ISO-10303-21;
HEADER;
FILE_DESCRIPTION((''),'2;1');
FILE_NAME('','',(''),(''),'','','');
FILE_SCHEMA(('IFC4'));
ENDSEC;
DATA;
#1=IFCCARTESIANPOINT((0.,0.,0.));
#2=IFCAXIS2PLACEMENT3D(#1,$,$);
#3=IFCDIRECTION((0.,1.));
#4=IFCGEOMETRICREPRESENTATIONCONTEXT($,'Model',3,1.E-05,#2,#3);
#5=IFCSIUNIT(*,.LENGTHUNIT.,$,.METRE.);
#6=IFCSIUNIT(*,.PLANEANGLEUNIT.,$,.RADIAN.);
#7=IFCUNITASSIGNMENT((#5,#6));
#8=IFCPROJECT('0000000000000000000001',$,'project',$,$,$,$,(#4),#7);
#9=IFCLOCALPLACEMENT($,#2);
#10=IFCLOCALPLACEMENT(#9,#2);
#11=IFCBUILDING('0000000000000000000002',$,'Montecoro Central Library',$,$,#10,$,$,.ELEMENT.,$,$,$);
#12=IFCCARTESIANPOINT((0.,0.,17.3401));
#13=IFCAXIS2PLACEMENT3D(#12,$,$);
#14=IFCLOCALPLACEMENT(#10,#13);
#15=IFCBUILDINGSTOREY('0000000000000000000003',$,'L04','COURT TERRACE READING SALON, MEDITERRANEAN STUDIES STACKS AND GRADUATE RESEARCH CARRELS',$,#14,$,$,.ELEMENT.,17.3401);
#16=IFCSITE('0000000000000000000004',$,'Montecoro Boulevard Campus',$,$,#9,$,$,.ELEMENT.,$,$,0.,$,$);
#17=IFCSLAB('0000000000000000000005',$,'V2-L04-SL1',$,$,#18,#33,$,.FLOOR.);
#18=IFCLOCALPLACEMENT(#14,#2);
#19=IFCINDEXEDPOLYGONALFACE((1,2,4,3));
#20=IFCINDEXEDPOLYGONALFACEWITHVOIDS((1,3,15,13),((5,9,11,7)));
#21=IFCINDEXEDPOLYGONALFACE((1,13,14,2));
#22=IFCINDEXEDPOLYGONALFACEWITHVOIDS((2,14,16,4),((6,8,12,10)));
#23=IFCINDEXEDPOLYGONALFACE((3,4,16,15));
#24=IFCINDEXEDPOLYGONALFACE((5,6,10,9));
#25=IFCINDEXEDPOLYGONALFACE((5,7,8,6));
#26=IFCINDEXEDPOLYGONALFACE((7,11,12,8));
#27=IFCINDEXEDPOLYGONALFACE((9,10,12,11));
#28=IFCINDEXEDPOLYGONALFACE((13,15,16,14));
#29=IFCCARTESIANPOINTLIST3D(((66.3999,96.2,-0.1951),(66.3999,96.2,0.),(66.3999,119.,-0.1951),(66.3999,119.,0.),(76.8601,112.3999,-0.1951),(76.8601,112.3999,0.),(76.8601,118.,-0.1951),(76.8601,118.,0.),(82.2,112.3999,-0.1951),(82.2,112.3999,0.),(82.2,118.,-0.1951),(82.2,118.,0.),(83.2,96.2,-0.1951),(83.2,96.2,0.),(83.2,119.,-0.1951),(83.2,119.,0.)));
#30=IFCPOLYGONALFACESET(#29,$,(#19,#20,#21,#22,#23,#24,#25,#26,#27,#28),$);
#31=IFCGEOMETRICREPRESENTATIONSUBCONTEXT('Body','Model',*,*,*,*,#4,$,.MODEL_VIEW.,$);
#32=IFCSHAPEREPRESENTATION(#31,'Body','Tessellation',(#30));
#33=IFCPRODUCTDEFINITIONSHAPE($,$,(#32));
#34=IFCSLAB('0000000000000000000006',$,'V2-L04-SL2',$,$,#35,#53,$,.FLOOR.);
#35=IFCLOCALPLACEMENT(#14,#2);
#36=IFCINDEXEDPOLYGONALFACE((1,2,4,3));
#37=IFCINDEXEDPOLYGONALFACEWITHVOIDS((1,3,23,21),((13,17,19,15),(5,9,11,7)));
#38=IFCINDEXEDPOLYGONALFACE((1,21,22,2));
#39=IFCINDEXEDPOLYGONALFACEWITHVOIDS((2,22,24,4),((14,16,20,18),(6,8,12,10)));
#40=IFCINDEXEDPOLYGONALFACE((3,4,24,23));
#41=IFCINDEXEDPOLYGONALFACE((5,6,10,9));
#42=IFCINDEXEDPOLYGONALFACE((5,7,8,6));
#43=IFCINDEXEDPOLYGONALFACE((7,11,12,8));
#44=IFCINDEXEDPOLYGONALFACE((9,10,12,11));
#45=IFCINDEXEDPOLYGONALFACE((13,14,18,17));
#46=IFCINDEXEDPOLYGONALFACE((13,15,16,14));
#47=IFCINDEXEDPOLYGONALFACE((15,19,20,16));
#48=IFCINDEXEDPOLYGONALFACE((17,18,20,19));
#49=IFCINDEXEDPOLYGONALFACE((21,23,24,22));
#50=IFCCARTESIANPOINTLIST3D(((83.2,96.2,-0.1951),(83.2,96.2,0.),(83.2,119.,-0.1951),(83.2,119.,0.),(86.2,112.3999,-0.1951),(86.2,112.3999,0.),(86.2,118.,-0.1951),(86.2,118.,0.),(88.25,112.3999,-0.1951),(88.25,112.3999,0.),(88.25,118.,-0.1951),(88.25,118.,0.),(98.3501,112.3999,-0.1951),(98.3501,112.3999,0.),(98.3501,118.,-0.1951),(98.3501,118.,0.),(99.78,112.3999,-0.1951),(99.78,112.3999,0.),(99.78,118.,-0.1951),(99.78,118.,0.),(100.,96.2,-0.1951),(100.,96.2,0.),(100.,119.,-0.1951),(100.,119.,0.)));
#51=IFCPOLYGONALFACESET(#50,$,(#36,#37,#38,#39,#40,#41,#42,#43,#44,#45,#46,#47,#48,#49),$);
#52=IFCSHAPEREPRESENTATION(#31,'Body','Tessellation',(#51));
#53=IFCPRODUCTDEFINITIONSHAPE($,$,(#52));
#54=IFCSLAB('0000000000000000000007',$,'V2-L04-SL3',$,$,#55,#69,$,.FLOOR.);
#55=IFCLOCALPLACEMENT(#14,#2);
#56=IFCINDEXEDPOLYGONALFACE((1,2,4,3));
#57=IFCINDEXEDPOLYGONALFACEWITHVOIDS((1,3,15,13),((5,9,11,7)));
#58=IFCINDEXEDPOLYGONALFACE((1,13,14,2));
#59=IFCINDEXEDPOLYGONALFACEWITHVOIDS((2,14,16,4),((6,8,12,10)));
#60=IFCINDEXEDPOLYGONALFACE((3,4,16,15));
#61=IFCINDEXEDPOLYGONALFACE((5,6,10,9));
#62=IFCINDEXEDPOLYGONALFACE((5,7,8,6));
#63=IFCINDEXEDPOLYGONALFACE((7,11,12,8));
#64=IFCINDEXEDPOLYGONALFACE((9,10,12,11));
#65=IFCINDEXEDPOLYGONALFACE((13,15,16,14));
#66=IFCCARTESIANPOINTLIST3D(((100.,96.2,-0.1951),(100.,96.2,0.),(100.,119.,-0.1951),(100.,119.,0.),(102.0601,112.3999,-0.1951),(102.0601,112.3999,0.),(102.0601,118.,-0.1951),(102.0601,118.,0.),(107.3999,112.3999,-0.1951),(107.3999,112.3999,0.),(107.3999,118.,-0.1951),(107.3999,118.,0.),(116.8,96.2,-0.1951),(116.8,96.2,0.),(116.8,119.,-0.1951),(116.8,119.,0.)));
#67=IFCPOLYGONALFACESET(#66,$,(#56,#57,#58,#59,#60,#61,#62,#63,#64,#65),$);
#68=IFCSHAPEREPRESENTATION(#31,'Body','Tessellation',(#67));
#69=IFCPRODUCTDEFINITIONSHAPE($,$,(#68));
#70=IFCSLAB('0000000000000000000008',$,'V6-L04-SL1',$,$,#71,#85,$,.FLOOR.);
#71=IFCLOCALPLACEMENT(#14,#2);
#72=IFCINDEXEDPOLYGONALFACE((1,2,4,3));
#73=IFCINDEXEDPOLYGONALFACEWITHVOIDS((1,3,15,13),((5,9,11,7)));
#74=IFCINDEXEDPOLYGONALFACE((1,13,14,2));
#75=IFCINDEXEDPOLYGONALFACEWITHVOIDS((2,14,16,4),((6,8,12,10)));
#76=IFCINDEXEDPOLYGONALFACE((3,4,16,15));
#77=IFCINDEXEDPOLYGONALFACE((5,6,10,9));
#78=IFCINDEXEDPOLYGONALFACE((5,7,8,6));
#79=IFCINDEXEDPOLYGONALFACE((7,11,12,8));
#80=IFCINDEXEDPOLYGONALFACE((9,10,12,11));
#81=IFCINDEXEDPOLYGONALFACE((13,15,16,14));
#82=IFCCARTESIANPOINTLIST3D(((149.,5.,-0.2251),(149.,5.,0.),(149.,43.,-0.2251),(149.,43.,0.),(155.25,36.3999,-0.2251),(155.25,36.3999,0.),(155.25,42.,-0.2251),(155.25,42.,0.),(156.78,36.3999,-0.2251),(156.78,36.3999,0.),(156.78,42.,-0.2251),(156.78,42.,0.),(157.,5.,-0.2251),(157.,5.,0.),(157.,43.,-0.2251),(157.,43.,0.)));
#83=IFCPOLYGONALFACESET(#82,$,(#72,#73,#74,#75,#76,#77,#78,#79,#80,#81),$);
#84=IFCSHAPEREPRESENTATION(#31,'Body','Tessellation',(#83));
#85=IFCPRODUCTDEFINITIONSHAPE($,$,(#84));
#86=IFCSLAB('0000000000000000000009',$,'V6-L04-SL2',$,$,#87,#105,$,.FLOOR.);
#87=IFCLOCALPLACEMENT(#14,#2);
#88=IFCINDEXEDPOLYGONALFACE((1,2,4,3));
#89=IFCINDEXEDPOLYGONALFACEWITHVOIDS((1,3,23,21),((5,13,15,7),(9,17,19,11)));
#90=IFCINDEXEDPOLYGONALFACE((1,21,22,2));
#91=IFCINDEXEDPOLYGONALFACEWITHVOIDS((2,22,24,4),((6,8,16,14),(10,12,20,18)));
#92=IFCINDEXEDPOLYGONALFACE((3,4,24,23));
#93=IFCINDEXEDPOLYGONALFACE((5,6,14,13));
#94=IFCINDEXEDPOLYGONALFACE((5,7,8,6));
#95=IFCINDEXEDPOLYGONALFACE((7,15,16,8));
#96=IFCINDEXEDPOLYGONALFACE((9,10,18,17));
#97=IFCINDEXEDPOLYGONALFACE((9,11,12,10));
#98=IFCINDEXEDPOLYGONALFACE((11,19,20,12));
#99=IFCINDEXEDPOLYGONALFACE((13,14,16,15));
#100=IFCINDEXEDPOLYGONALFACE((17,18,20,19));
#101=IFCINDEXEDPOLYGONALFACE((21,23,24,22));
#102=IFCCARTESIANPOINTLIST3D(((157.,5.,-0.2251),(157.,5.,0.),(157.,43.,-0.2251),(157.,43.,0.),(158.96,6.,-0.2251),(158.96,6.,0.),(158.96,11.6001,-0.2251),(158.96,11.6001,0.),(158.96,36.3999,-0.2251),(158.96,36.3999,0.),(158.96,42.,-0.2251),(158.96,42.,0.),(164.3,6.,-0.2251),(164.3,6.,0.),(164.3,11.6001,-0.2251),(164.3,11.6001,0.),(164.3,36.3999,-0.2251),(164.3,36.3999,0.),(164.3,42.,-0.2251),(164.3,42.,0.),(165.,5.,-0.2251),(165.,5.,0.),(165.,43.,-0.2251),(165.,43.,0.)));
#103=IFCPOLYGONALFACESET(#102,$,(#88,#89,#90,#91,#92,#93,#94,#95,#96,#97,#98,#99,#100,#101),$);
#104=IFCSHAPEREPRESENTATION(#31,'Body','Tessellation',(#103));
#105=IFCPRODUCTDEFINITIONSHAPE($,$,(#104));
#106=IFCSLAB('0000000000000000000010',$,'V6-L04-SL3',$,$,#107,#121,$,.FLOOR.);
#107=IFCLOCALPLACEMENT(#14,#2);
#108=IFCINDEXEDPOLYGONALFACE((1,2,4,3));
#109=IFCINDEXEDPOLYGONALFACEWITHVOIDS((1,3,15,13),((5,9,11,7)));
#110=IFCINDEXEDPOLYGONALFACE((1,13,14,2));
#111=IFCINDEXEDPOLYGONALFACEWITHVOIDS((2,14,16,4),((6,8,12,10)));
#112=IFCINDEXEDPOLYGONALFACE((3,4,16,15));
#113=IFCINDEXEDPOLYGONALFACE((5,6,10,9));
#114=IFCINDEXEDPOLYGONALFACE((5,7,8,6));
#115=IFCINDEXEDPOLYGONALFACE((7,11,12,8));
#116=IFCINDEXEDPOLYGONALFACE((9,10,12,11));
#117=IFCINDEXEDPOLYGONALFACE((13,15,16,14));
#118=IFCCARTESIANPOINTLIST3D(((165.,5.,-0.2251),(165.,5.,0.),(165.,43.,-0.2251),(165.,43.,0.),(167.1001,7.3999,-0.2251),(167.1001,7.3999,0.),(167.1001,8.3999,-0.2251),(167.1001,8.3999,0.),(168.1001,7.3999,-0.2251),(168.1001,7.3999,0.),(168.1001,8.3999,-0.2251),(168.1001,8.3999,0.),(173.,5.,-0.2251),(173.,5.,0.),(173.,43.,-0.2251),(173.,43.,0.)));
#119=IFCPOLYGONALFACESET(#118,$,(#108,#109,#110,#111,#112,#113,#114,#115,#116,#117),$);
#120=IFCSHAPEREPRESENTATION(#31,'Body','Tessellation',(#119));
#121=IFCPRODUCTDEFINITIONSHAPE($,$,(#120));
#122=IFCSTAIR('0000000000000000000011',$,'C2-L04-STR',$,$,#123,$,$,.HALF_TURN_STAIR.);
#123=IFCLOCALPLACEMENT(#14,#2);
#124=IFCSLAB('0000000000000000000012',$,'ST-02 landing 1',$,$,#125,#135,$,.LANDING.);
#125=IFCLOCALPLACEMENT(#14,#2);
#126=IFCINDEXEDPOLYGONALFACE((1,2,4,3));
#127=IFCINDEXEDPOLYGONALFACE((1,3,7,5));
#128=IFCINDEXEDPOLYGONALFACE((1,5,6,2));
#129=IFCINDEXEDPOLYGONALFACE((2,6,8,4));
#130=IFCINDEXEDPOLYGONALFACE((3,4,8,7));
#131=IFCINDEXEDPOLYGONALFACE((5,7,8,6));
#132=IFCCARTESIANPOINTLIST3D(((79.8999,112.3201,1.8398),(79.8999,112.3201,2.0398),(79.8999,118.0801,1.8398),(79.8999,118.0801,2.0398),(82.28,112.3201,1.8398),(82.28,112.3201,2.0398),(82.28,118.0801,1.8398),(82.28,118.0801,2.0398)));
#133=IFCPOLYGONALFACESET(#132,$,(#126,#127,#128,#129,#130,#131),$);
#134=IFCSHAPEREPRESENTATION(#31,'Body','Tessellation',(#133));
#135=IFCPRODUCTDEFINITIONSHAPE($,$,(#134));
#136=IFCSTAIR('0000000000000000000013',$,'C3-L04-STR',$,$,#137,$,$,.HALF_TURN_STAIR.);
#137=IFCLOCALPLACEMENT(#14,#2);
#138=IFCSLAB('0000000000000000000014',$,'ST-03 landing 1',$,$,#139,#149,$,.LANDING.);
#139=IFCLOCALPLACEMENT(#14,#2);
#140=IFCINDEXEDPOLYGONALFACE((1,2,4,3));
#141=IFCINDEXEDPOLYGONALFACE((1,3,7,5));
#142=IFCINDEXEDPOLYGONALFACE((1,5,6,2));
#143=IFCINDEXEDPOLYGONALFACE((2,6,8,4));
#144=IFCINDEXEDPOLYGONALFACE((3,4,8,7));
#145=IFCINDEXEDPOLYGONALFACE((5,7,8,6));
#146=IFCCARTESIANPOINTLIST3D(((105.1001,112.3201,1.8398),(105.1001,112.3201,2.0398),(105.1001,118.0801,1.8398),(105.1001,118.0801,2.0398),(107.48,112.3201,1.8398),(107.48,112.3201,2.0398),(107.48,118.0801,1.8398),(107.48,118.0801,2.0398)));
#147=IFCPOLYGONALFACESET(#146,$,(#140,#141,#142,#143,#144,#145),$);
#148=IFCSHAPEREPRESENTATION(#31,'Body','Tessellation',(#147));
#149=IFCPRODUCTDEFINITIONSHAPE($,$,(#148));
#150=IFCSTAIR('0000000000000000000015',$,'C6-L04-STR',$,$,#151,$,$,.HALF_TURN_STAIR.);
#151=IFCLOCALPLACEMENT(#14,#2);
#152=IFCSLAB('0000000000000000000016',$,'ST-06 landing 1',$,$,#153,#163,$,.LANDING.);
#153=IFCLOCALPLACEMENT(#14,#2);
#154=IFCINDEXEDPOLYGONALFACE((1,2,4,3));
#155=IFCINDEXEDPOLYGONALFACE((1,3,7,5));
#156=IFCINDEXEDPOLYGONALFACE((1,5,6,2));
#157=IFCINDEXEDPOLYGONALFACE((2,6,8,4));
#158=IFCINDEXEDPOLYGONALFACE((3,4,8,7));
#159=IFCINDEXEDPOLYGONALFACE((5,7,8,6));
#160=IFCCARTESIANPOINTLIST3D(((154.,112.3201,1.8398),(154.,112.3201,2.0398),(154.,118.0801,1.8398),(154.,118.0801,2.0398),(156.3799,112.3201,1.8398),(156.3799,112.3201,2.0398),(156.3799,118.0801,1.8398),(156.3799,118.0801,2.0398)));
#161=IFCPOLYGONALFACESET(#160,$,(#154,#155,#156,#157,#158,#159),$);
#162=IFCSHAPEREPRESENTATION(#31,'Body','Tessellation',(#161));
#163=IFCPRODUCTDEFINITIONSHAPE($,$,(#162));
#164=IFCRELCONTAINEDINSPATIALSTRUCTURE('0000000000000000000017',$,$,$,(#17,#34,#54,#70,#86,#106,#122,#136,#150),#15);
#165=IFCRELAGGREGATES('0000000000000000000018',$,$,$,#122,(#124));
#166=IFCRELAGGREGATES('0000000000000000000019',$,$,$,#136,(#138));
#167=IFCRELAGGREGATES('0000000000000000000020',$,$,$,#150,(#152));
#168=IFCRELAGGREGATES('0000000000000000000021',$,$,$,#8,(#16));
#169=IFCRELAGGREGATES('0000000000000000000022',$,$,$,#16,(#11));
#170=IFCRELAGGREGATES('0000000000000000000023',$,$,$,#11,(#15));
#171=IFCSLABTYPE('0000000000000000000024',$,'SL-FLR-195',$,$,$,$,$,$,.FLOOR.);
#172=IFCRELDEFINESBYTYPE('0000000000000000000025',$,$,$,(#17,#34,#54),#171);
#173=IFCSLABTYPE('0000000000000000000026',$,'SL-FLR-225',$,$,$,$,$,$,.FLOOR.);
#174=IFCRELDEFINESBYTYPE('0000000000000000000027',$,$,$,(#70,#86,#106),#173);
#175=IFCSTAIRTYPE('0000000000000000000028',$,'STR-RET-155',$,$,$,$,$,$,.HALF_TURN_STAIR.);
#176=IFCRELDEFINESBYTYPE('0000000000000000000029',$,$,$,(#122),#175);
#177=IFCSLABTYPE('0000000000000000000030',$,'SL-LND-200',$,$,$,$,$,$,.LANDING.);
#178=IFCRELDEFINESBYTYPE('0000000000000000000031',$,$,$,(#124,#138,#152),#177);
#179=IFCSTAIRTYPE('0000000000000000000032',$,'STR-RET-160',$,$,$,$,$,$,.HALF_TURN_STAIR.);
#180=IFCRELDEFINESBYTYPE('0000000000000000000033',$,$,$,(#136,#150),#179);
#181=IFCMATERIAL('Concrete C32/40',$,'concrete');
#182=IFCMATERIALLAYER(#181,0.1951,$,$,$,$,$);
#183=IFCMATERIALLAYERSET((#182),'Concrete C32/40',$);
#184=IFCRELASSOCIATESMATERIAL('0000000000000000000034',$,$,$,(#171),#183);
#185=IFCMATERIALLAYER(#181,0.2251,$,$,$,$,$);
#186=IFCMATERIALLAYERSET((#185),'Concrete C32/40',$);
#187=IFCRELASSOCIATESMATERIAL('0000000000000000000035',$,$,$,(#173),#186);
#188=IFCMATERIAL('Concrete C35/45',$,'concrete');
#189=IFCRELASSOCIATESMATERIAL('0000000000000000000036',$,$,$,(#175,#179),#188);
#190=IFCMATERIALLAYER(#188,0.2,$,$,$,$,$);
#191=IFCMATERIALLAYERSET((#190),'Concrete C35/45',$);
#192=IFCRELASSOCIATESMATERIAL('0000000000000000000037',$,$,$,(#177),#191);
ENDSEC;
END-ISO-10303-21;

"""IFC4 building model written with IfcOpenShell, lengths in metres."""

from ifc_helpers import new_model, si_unit, direction, frame, origin, place, context, subcontext, project, spatial, polyline, outline, extrude, material, layer, layer_set, type_object, element, aggregate, save


model = new_model("IFC4")

# Units and contexts
model_context = context("Model", 3, precision=1e-05, world=origin(), true_north=direction((0.0, 1.0)))
body_context = subcontext(model_context, "Body", "Model", "MODEL_VIEW")
ifc_project = project(units=[si_unit("LENGTHUNIT", "METRE"), si_unit("PLANEANGLEUNIT", "RADIAN")], contexts=[model_context])

# Site, building, storey
site_placement = place(None, origin())
site = spatial("IfcSite", under=ifc_project, at=site_placement, Name="Montecoro Boulevard Campus", CompositionType="ELEMENT", RefElevation=0.0)
building_placement = place(site_placement, origin())
building = spatial("IfcBuilding", under=site, at=building_placement, Name="Montecoro Central Library", CompositionType="ELEMENT")
storey_placement = place(building_placement, frame((0.0, 0.0, 17.3401)))
storey = spatial("IfcBuildingStorey", under=building, at=storey_placement, Name="L04", Description="COURT TERRACE READING SALON, MEDITERRANEAN STUDIES STACKS AND GRADUATE RESEARCH CARRELS", CompositionType="ELEMENT", Elevation=17.3401)

# Slabs
ifc_material_1 = material(Name="Concrete C32/40", Category="concrete")
ifc_layer_1 = layer(ifc_material_1, 0.1951)
ifc_layer_set_1 = layer_set([ifc_layer_1], Name="Concrete C32/40")
slab_type_1 = type_object("IfcSlabType", Name="SL-FLR-195", PredefinedType="FLOOR", material=ifc_layer_set_1)
slab_1_placement = place(storey_placement, frame((0.0, 0.0, -0.1951)))
element("IfcSlab", 1, at=slab_1_placement, inside=storey, type_object=slab_type_1, Name="V2-L04-SL1", PredefinedType="FLOOR", context=body_context, shape_type="SweptSolid", body=[
    extrude(outline(polyline([(66.3999, 96.2), (83.2, 96.2), (83.2, 119.0), (66.3999, 119.0), (66.3999, 96.2)]), holes=[polyline([(76.8601, 118.0), (82.2, 118.0), (82.2, 112.3999), (76.8601, 112.3999), (76.8601, 118.0)])]), origin(), (0.0, 0.0, 1.0), 0.1951),
])
slab_2_placement = place(storey_placement, frame((0.0, 0.0, -0.1951)))
element("IfcSlab", 2, at=slab_2_placement, inside=storey, type_object=slab_type_1, Name="V2-L04-SL2", PredefinedType="FLOOR", context=body_context, shape_type="SweptSolid", body=[
    extrude(outline(polyline([(83.2, 96.2), (100.0, 96.2), (100.0, 119.0), (83.2, 119.0), (83.2, 96.2)]), holes=[polyline([(86.2, 118.0), (88.25, 118.0), (88.25, 112.3999), (86.2, 112.3999), (86.2, 118.0)]), polyline([(98.3501, 118.0), (99.78, 118.0), (99.78, 112.3999), (98.3501, 112.3999), (98.3501, 118.0)])]), origin(), (0.0, 0.0, 1.0), 0.1951),
])
slab_3_placement = place(storey_placement, frame((0.0, 0.0, -0.1951)))
element("IfcSlab", 3, at=slab_3_placement, inside=storey, type_object=slab_type_1, Name="V2-L04-SL3", PredefinedType="FLOOR", context=body_context, shape_type="SweptSolid", body=[
    extrude(outline(polyline([(100.0, 96.2), (116.8, 96.2), (116.8, 119.0), (100.0, 119.0), (100.0, 96.2)]), holes=[polyline([(102.0601, 118.0), (107.3999, 118.0), (107.3999, 112.3999), (102.0601, 112.3999), (102.0601, 118.0)])]), origin(), (0.0, 0.0, 1.0), 0.1951),
])
ifc_layer_2 = layer(ifc_material_1, 0.2251)
ifc_layer_set_2 = layer_set([ifc_layer_2], Name="Concrete C32/40")
slab_type_2 = type_object("IfcSlabType", Name="SL-FLR-225", PredefinedType="FLOOR", material=ifc_layer_set_2)
slab_4_placement = place(storey_placement, frame((0.0, 0.0, -0.2251)))
element("IfcSlab", 4, at=slab_4_placement, inside=storey, type_object=slab_type_2, Name="V6-L04-SL1", PredefinedType="FLOOR", context=body_context, shape_type="SweptSolid", body=[
    extrude(outline(polyline([(149.0, 5.0), (157.0, 5.0), (157.0, 43.0), (149.0, 43.0), (149.0, 5.0)]), holes=[polyline([(155.25, 42.0), (156.78, 42.0), (156.78, 36.3999), (155.25, 36.3999), (155.25, 42.0)])]), origin(), (0.0, 0.0, 1.0), 0.2251),
])
slab_5_placement = place(storey_placement, frame((0.0, 0.0, -0.2251)))
element("IfcSlab", 5, at=slab_5_placement, inside=storey, type_object=slab_type_2, Name="V6-L04-SL2", PredefinedType="FLOOR", context=body_context, shape_type="SweptSolid", body=[
    extrude(outline(polyline([(157.0, 5.0), (165.0, 5.0), (165.0, 43.0), (157.0, 43.0), (157.0, 5.0)]), holes=[polyline([(158.96, 42.0), (164.3, 42.0), (164.3, 36.3999), (158.96, 36.3999), (158.96, 42.0)]), polyline([(158.96, 11.6001), (164.3, 11.6001), (164.3, 6.0), (158.96, 6.0), (158.96, 11.6001)])]), origin(), (0.0, 0.0, 1.0), 0.2251),
])
slab_6_placement = place(storey_placement, frame((0.0, 0.0, -0.2251)))
element("IfcSlab", 6, at=slab_6_placement, inside=storey, type_object=slab_type_2, Name="V6-L04-SL3", PredefinedType="FLOOR", context=body_context, shape_type="SweptSolid", body=[
    extrude(outline(polyline([(165.0, 5.0), (173.0, 5.0), (173.0, 43.0), (165.0, 43.0), (165.0, 5.0)]), holes=[polyline([(167.1001, 8.3999), (168.1001, 8.3999), (168.1001, 7.3999), (167.1001, 7.3999), (167.1001, 8.3999)])]), origin(), (0.0, 0.0, 1.0), 0.2251),
])

# Stairs, slabs
ifc_material_2 = material(Name="Concrete C35/45", Category="concrete")
stair_type_1 = type_object("IfcStairType", Name="STR-RET-155", PredefinedType="HALF_TURN_STAIR", material=ifc_material_2)
stair_1_placement = place(storey_placement, origin())
stair_1 = element("IfcStair", 7, at=stair_1_placement, inside=storey, type_object=stair_type_1, Name="C2-L04-STR", PredefinedType="HALF_TURN_STAIR")
ifc_layer_3 = layer(ifc_material_2, 0.2)
ifc_layer_set_3 = layer_set([ifc_layer_3], Name="Concrete C35/45")
slab_type_3 = type_object("IfcSlabType", Name="SL-LND-200", PredefinedType="LANDING", material=ifc_layer_set_3)
slab_7_placement = place(storey_placement, frame((0.0, 0.0, 1.8398)))
slab_7 = element("IfcSlab", 8, at=slab_7_placement, type_object=slab_type_3, Name="ST-02 landing 1", PredefinedType="LANDING", context=body_context, shape_type="SweptSolid", body=[
    extrude(outline(polyline([(79.8999, 112.3201), (82.28, 112.3201), (82.28, 118.0801), (79.8999, 118.0801), (79.8999, 112.3201)])), origin(), (0.0, 0.0, 1.0), 0.2),
])
aggregate(stair_1, [slab_7])
stair_type_2 = type_object("IfcStairType", Name="STR-RET-160", PredefinedType="HALF_TURN_STAIR", material=ifc_material_2)
stair_2_placement = place(storey_placement, origin())
stair_2 = element("IfcStair", 9, at=stair_2_placement, inside=storey, type_object=stair_type_2, Name="C3-L04-STR", PredefinedType="HALF_TURN_STAIR")
slab_8_placement = place(storey_placement, frame((0.0, 0.0, 1.8398)))
slab_8 = element("IfcSlab", 10, at=slab_8_placement, type_object=slab_type_3, Name="ST-03 landing 1", PredefinedType="LANDING", context=body_context, shape_type="SweptSolid", body=[
    extrude(outline(polyline([(105.1001, 112.3201), (107.48, 112.3201), (107.48, 118.0801), (105.1001, 118.0801), (105.1001, 112.3201)])), origin(), (0.0, 0.0, 1.0), 0.2),
])
aggregate(stair_2, [slab_8])
stair_3_placement = place(storey_placement, origin())
stair_3 = element("IfcStair", 11, at=stair_3_placement, inside=storey, type_object=stair_type_2, Name="C6-L04-STR", PredefinedType="HALF_TURN_STAIR")
slab_9_placement = place(storey_placement, frame((0.0, 0.0, 1.8398)))
slab_9 = element("IfcSlab", 12, at=slab_9_placement, type_object=slab_type_3, Name="ST-06 landing 1", PredefinedType="LANDING", context=body_context, shape_type="SweptSolid", body=[
    extrude(outline(polyline([(154.0, 112.3201), (156.3799, 112.3201), (156.3799, 118.0801), (154.0, 118.0801), (154.0, 112.3201)])), origin(), (0.0, 0.0, 1.0), 0.2),
])
aggregate(stair_3, [slab_9])

save(model, "model.ifc")
